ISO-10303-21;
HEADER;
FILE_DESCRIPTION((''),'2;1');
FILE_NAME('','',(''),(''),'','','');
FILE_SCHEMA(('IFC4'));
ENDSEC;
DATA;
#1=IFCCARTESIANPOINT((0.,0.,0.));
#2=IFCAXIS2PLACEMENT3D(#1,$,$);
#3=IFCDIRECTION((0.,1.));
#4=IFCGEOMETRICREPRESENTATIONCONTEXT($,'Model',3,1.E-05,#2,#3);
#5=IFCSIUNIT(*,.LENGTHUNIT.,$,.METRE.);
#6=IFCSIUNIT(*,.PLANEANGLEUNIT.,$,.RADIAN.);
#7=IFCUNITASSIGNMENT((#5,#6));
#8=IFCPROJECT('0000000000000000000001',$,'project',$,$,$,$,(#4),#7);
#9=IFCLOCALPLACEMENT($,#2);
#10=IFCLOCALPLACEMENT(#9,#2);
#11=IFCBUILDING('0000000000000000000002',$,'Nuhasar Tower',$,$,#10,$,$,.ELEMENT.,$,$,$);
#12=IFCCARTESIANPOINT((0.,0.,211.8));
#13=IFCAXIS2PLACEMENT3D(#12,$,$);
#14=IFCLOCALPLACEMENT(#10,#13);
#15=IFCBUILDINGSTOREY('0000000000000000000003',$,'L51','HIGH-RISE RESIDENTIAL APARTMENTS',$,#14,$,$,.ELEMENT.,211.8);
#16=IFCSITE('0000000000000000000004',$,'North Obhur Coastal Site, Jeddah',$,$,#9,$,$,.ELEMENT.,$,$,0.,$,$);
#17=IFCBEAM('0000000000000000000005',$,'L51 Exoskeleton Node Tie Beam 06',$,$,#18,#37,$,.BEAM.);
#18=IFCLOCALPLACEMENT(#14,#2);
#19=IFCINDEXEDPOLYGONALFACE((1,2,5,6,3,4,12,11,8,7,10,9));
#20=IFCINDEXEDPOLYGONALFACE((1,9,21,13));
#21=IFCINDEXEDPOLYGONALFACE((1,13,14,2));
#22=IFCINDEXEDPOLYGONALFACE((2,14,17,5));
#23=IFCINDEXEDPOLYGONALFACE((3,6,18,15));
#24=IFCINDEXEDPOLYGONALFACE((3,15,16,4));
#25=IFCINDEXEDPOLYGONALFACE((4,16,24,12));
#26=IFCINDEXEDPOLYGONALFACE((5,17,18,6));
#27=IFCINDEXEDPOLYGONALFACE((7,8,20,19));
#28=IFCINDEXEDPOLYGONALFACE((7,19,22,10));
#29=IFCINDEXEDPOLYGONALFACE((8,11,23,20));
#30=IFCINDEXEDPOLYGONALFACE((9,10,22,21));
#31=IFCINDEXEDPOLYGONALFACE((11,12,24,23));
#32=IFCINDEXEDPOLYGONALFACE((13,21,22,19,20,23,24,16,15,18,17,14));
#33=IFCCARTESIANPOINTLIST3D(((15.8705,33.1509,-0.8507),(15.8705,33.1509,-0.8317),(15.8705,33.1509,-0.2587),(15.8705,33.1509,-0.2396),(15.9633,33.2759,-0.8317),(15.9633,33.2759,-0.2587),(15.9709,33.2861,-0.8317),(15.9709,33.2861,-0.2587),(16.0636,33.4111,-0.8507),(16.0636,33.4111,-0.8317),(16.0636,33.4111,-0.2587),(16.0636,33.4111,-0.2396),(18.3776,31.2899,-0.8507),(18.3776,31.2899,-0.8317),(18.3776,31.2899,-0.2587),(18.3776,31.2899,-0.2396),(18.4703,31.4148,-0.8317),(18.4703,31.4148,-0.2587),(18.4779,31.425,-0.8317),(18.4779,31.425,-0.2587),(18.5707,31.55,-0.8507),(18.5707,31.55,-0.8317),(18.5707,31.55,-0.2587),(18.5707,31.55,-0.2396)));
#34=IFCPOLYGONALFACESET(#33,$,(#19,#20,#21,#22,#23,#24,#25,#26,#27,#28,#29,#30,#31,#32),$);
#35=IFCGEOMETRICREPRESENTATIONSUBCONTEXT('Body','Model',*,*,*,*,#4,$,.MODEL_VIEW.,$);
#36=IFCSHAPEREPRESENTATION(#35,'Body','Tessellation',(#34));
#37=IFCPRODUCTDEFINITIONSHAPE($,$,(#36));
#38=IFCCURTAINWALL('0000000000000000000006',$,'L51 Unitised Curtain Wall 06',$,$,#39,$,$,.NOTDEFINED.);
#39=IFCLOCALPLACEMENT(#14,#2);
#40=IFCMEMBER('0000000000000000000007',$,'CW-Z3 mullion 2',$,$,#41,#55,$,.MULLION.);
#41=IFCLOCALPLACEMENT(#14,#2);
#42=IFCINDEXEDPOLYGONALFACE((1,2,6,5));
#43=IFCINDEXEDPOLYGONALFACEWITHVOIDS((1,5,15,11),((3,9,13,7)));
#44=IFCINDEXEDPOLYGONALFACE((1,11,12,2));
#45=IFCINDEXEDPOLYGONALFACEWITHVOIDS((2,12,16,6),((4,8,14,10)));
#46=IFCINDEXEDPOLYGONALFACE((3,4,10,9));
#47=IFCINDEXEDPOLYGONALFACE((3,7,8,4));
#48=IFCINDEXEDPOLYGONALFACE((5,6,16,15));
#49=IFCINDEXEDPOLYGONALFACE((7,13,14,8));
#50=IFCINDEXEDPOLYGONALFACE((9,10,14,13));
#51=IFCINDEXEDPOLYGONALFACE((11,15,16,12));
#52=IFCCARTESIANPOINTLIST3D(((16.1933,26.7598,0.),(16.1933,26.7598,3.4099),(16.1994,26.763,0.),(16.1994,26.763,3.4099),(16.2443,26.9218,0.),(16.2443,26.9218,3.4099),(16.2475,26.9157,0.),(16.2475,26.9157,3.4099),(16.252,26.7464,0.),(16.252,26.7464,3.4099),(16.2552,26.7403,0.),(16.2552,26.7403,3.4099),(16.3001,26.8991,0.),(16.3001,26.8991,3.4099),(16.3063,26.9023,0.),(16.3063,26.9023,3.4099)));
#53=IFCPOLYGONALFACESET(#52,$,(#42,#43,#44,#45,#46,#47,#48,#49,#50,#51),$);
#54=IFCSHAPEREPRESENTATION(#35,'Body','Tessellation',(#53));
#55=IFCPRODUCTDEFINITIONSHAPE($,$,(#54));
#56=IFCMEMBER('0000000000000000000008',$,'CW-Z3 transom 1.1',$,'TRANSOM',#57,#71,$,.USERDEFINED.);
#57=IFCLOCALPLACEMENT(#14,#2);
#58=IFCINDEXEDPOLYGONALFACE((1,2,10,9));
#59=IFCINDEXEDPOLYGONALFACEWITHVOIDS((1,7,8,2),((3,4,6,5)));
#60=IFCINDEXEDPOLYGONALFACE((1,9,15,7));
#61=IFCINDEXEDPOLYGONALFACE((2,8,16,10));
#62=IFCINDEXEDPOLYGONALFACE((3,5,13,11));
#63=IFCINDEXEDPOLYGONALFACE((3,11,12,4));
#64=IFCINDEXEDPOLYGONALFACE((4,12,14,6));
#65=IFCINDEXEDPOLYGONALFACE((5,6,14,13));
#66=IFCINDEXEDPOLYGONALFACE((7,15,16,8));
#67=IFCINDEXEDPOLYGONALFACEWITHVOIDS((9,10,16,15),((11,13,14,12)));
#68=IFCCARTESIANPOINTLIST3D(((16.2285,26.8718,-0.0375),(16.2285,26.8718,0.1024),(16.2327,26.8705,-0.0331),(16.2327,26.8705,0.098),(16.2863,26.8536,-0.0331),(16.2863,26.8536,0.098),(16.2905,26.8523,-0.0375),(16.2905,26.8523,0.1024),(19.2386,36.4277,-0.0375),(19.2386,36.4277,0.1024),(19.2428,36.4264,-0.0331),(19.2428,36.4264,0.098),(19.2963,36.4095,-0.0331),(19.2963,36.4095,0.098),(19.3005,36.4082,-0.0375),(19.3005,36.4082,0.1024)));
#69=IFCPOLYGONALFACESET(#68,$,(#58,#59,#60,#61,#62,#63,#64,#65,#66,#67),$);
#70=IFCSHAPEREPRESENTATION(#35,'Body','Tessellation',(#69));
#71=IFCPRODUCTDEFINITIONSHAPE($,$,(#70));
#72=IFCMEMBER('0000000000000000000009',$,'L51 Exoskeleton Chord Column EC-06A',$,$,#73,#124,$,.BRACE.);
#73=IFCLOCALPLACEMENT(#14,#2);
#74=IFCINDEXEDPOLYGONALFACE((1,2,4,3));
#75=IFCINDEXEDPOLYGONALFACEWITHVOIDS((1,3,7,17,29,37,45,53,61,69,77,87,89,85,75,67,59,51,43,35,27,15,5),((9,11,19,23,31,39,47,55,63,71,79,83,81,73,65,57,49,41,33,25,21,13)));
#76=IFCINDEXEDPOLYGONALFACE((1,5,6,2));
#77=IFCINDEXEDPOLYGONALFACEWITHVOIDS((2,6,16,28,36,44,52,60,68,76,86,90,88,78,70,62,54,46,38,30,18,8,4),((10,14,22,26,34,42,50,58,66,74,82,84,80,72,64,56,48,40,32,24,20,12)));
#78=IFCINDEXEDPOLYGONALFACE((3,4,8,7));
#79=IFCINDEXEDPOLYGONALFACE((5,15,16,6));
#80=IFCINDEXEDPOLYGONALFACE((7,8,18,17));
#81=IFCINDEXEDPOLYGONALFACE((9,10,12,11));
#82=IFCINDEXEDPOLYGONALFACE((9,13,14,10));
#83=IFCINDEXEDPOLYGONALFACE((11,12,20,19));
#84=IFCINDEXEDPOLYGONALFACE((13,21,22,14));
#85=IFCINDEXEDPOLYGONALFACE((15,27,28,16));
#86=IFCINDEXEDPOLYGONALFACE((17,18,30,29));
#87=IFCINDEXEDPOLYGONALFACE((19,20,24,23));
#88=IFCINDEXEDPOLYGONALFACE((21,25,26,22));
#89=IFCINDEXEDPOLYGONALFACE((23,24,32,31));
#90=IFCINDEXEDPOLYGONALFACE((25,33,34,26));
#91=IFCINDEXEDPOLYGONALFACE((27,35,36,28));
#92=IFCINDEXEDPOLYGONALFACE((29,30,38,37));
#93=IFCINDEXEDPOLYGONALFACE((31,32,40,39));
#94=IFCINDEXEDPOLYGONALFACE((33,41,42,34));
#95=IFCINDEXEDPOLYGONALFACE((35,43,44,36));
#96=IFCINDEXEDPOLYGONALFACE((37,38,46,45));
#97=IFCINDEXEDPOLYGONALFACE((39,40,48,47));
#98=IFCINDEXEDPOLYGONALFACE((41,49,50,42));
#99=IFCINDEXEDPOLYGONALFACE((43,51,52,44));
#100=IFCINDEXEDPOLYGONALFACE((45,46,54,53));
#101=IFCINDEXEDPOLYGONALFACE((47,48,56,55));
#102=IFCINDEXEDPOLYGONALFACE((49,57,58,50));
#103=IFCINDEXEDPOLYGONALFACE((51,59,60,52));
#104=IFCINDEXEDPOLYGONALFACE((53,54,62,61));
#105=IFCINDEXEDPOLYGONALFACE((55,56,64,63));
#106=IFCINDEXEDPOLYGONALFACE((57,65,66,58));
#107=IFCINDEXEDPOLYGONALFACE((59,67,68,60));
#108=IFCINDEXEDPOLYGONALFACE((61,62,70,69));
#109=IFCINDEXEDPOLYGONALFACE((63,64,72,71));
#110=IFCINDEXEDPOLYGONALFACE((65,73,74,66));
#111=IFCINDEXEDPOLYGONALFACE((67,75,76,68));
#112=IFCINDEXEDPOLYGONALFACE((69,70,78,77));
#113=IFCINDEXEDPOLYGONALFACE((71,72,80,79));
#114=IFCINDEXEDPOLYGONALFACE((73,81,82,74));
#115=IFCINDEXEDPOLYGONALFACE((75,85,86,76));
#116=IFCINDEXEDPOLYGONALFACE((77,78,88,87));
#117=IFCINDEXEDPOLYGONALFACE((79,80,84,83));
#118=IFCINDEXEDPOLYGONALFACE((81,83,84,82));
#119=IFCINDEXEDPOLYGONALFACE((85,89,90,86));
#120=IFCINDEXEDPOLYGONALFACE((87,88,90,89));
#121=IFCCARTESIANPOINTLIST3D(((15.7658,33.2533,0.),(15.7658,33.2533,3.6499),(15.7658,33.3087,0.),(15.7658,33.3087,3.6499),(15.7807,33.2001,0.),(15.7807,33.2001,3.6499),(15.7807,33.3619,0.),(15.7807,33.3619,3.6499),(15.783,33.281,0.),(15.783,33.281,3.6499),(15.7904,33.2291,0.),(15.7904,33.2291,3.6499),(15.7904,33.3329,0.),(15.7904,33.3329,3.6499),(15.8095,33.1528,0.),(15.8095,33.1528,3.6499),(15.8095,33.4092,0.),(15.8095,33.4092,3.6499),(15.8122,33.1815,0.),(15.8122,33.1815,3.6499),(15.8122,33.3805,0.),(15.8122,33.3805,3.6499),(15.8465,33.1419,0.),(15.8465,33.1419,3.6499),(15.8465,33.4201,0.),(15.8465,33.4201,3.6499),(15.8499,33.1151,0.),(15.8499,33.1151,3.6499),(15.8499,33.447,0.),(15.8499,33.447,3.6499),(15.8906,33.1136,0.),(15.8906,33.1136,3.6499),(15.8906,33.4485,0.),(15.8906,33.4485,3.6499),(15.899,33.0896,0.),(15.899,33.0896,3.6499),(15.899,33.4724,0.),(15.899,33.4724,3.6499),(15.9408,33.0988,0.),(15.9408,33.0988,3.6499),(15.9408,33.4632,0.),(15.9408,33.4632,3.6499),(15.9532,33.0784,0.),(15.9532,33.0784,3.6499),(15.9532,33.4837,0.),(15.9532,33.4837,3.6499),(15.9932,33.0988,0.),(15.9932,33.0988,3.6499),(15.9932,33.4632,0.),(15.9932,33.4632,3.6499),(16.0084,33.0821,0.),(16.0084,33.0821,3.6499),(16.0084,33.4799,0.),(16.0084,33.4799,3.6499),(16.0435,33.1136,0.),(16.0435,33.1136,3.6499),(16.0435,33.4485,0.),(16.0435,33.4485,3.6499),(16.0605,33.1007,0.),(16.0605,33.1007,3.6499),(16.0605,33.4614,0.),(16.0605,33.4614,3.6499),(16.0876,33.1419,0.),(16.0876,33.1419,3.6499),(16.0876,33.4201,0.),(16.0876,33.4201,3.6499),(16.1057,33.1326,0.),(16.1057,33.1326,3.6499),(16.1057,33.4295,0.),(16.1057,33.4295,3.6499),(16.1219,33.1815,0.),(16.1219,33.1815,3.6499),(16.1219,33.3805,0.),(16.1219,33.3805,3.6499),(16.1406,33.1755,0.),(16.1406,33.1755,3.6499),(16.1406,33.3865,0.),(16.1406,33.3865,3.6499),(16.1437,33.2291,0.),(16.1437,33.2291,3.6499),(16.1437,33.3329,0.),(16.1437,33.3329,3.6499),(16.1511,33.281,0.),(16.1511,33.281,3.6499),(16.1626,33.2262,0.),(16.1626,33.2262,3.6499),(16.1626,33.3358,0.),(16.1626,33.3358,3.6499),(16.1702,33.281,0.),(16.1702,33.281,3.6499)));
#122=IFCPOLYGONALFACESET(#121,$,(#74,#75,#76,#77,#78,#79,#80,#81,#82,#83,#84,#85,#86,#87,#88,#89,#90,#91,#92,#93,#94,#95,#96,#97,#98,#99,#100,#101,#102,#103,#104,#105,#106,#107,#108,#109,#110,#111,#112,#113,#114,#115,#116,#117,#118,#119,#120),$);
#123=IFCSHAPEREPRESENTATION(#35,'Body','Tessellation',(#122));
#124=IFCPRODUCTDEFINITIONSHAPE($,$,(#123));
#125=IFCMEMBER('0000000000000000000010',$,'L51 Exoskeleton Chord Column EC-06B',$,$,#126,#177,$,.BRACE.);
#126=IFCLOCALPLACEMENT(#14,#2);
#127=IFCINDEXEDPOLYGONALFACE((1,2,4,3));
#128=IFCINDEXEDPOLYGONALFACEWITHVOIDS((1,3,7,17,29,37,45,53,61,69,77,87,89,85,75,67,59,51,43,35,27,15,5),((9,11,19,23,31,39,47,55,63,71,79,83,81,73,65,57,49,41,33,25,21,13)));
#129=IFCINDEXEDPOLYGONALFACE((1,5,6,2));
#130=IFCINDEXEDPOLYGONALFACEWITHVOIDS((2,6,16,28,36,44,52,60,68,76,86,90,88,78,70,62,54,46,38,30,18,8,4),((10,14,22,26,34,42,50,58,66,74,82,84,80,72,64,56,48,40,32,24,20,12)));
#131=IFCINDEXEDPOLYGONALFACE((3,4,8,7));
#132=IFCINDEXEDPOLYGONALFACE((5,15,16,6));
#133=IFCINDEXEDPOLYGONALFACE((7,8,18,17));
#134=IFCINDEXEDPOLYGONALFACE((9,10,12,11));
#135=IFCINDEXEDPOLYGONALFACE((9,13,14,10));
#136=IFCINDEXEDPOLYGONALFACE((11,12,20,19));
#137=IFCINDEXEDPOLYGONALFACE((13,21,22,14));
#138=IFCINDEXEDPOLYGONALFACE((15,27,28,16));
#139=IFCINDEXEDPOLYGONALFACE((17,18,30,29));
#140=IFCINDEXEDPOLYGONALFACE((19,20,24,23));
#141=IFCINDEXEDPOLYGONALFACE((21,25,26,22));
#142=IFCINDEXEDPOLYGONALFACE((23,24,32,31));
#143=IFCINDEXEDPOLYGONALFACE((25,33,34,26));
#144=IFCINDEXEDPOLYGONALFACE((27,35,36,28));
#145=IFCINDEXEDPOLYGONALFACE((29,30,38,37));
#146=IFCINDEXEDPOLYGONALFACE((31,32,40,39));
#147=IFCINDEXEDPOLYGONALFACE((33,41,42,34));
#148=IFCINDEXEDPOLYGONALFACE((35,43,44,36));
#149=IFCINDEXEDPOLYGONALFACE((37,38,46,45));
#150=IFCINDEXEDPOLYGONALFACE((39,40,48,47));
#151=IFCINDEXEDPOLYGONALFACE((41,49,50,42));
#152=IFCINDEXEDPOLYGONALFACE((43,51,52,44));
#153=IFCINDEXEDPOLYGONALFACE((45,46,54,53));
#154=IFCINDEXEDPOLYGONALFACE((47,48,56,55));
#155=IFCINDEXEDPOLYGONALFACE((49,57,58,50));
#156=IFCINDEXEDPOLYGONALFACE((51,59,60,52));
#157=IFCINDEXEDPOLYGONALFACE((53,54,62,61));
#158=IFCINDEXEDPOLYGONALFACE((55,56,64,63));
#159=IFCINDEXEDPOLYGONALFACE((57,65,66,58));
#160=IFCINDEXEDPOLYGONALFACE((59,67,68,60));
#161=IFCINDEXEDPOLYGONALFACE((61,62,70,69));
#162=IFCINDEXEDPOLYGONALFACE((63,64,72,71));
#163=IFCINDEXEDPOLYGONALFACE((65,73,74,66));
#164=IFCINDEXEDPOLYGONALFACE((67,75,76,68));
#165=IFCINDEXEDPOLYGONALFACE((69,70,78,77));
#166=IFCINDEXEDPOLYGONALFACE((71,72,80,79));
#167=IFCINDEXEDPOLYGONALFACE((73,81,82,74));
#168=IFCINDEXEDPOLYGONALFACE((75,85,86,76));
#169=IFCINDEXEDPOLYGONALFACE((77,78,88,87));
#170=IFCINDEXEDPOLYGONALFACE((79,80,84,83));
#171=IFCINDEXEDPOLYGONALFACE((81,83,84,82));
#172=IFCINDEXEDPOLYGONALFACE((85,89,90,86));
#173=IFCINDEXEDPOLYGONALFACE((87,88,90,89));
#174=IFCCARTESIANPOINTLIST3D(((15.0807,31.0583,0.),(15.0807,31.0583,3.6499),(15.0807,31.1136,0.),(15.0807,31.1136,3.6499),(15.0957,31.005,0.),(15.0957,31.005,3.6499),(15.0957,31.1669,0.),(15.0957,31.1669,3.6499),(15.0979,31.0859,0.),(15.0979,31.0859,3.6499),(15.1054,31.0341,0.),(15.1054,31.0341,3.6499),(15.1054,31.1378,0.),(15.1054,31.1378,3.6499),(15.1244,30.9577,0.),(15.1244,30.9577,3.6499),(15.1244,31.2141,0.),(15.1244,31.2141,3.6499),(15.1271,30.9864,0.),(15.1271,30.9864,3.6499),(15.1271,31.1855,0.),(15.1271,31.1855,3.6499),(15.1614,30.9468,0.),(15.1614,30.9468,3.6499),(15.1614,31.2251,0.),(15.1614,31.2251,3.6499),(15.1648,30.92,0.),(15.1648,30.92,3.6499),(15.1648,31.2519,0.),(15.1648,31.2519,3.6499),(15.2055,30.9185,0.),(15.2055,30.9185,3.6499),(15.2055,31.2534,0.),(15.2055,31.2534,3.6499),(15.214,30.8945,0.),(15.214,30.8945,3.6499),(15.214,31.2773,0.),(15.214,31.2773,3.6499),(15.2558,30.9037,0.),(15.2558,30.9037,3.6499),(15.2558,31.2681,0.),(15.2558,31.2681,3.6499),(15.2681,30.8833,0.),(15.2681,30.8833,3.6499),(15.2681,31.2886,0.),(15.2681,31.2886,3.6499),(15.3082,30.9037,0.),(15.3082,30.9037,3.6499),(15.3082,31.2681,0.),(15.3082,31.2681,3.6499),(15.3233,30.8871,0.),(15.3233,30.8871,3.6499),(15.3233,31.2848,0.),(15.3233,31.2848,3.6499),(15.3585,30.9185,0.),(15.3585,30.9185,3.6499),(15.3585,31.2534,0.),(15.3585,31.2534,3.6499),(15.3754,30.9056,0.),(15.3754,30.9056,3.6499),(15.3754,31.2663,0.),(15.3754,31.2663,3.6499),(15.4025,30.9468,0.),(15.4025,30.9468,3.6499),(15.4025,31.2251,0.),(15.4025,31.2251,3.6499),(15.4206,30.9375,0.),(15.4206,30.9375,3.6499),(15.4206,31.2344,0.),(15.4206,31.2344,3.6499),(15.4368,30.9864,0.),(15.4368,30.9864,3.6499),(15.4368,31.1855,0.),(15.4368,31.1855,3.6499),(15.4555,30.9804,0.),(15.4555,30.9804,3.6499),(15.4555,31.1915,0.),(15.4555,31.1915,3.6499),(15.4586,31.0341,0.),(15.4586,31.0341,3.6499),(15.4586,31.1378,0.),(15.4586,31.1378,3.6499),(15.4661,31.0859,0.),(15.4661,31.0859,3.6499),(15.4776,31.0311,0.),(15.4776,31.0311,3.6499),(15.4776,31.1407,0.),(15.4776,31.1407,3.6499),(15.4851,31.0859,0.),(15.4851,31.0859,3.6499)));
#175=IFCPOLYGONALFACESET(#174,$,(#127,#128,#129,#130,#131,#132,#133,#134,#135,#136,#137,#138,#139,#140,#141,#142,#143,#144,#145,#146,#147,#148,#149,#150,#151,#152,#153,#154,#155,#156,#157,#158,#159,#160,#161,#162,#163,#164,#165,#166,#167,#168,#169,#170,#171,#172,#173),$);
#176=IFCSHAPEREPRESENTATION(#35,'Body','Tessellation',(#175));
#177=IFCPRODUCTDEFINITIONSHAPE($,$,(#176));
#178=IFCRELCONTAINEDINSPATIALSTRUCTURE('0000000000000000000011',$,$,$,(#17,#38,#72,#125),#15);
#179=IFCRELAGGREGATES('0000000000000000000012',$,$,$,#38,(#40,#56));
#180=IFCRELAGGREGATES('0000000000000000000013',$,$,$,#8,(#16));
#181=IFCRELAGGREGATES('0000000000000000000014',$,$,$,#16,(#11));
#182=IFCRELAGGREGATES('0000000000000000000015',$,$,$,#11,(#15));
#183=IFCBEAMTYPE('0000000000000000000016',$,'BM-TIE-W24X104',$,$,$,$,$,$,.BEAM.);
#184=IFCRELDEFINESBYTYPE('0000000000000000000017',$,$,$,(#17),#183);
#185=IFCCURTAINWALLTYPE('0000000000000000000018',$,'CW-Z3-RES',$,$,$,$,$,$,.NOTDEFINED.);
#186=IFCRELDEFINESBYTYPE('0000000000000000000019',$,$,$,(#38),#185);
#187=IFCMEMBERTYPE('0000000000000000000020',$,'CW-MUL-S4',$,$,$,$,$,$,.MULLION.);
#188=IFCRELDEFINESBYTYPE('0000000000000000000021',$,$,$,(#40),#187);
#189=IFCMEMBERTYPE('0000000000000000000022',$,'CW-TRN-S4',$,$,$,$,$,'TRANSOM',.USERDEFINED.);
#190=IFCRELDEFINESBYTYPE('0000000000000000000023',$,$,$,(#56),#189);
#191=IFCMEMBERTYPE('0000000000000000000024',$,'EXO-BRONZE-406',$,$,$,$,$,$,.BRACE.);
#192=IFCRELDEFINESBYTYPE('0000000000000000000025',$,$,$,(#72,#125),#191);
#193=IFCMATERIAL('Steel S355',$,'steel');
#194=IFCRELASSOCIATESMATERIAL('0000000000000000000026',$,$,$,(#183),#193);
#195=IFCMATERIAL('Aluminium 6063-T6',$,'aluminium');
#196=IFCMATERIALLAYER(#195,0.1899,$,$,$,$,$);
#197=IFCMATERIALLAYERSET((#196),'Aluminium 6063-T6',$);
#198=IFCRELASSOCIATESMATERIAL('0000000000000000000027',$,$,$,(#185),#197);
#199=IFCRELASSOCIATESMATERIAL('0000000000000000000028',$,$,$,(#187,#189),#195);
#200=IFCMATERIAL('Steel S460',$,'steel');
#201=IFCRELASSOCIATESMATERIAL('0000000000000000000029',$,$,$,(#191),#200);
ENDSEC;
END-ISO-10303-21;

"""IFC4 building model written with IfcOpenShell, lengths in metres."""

from ifc_helpers import new_model, si_unit, direction, frame, origin, origin_2d, place, context, subcontext, project, spatial, hollow_rectangle, hollow_circle, i_section, extrude, material, layer, layer_set, material_profile, profile_set, type_object, element, aggregate, save


model = new_model("IFC4")

# Units and contexts
model_context = context("Model", 3, precision=1e-05, world=origin(), true_north=direction((0.0, 1.0)))
body_context = subcontext(model_context, "Body", "Model", "MODEL_VIEW")
ifc_project = project(units=[si_unit("LENGTHUNIT", "METRE"), si_unit("PLANEANGLEUNIT", "RADIAN")], contexts=[model_context])

# Site, building, storey
site_placement = place(None, origin())
site = spatial("IfcSite", under=ifc_project, at=site_placement, Name="North Obhur Coastal Site, Jeddah", CompositionType="ELEMENT", RefElevation=0.0)
building_placement = place(site_placement, origin())
building = spatial("IfcBuilding", under=site, at=building_placement, Name="Nuhasar Tower", CompositionType="ELEMENT")
storey_placement = place(building_placement, frame((0.0, 0.0, 211.8)))
storey = spatial("IfcBuildingStorey", under=building, at=storey_placement, Name="L51", Description="HIGH-RISE RESIDENTIAL APARTMENTS", CompositionType="ELEMENT", Elevation=211.8)

# Beam
ifc_material_1 = material(Name="Steel S355", Category="steel")
ifc_material_profile_1 = material_profile(ifc_material_1, i_section(OverallWidth=0.324, OverallDepth=0.6111, WebThickness=0.0127, FlangeThickness=0.019, at=origin_2d()), Name="W24X104")
ifc_profile_set_1 = profile_set([ifc_material_profile_1], Name="Steel S355")
beam_type_1 = type_object("IfcBeamType", Name="BM-TIE-W24X104", PredefinedType="BEAM", material=ifc_profile_set_1)
beam_1_placement = place(storey_placement, frame((18.4741, 31.4199, -0.5452), z_axis=(-0.802946, 0.596052, 0.0), x_axis=(-0.596052, -0.802946, 0.0)))
element("IfcBeam", 1, at=beam_1_placement, inside=storey, type_object=beam_type_1, Name="L51 Exoskeleton Node Tie Beam 06", PredefinedType="BEAM", context=body_context, shape_type="SweptSolid", body=[
    extrude(i_section(OverallWidth=0.324, OverallDepth=0.6111, WebThickness=0.0127, FlangeThickness=0.019, at=origin_2d()), origin(), (0.0, 0.0, 1.0), 3.1223),
])

# Curtain wall, members
ifc_material_2 = material(Name="Aluminium 6063-T6", Category="aluminium")
ifc_layer_1 = layer(ifc_material_2, 0.1899)
ifc_layer_set_1 = layer_set([ifc_layer_1], Name="Aluminium 6063-T6")
curtain_wall_type = type_object("IfcCurtainWallType", Name="CW-Z3-RES", PredefinedType="NOTDEFINED", material=ifc_layer_set_1)
curtain_wall_placement = place(storey_placement, origin())
curtain_wall = element("IfcCurtainWall", 2, at=curtain_wall_placement, inside=storey, type_object=curtain_wall_type, Name="L51 Unitised Curtain Wall 06", PredefinedType="NOTDEFINED")
ifc_material_profile_2 = material_profile(ifc_material_2, hollow_rectangle(XDim=0.0649, YDim=0.1699, WallThickness=0.0049, at=origin_2d()), Name="CWM-4")
ifc_profile_set_2 = profile_set([ifc_material_profile_2], Name="Aluminium 6063-T6")
member_type_1 = type_object("IfcMemberType", Name="CW-MUL-S4", PredefinedType="MULLION", material=ifc_profile_set_2)
member_1_placement = place(storey_placement, frame((16.2498, 26.8311, 0.0), z_axis=(0.0, 0.0, 1.0), x_axis=(0.953804, -0.300429, 0.0)))
member_1 = element("IfcMember", 3, at=member_1_placement, type_object=member_type_1, Name="CW-Z3 mullion 2", PredefinedType="MULLION", context=body_context, shape_type="SweptSolid", body=[
    extrude(hollow_rectangle(XDim=0.0649, YDim=0.1699, WallThickness=0.0049, at=origin_2d()), origin(), (0.0, 0.0, 1.0), 3.4099),
])
ifc_material_profile_3 = material_profile(ifc_material_2, hollow_rectangle(XDim=0.0649, YDim=0.1399, WallThickness=0.0044, at=origin_2d()), Name="CWT-4")
ifc_profile_set_3 = profile_set([ifc_material_profile_3], Name="Aluminium 6063-T6")
member_type_2 = type_object("IfcMemberType", Name="CW-TRN-S4", ElementType="TRANSOM", PredefinedType="USERDEFINED", material=ifc_profile_set_3)
member_2_placement = place(storey_placement, frame((19.2695, 36.418, 0.0325), z_axis=(-0.300437, -0.953802, 0.0), x_axis=(0.953802, -0.300437, 0.0)))
member_2 = element("IfcMember", 4, at=member_2_placement, type_object=member_type_2, Name="CW-Z3 transom 1.1", ObjectType="TRANSOM", PredefinedType="USERDEFINED", context=body_context, shape_type="SweptSolid", body=[
    extrude(hollow_rectangle(XDim=0.0649, YDim=0.1399, WallThickness=0.0044, at=origin_2d()), origin(), (0.0, 0.0, 1.0), 10.0188),
])

# Members
ifc_material_3 = material(Name="Steel S460", Category="steel")
ifc_material_profile_4 = material_profile(ifc_material_3, hollow_circle(Radius=0.2031, WallThickness=0.019, at=origin_2d()), Name="HSS406.4X19.1")
ifc_profile_set_4 = profile_set([ifc_material_profile_4], Name="Steel S460")
member_type_3 = type_object("IfcMemberType", Name="EXO-BRONZE-406", PredefinedType="BRACE", material=ifc_profile_set_4)
for number, where, z_axis, x_axis, name in (
    (5, (15.967, 33.281, 0.0), (0.0, 0.0, 1.0), (1.0, 0.0, 0.0), "L51 Exoskeleton Chord Column EC-06A"),
    (6, (15.282, 31.0859, 0.0), (0.0, 0.0, 1.0), (1.0, 0.0, 0.0), "L51 Exoskeleton Chord Column EC-06B"),
):
    element("IfcMember", number, at=place(storey_placement, frame(where, z_axis=z_axis, x_axis=x_axis)), inside=storey, type_object=member_type_3, Name=name, PredefinedType="BRACE", context=body_context, shape_type="SweptSolid", body=[
        extrude(hollow_circle(Radius=0.2031, WallThickness=0.019, at=origin_2d()), origin(), (0.0, 0.0, 1.0), 3.6499),
    ])

aggregate(curtain_wall, [member_1, member_2])

save(model, "model.ifc")
